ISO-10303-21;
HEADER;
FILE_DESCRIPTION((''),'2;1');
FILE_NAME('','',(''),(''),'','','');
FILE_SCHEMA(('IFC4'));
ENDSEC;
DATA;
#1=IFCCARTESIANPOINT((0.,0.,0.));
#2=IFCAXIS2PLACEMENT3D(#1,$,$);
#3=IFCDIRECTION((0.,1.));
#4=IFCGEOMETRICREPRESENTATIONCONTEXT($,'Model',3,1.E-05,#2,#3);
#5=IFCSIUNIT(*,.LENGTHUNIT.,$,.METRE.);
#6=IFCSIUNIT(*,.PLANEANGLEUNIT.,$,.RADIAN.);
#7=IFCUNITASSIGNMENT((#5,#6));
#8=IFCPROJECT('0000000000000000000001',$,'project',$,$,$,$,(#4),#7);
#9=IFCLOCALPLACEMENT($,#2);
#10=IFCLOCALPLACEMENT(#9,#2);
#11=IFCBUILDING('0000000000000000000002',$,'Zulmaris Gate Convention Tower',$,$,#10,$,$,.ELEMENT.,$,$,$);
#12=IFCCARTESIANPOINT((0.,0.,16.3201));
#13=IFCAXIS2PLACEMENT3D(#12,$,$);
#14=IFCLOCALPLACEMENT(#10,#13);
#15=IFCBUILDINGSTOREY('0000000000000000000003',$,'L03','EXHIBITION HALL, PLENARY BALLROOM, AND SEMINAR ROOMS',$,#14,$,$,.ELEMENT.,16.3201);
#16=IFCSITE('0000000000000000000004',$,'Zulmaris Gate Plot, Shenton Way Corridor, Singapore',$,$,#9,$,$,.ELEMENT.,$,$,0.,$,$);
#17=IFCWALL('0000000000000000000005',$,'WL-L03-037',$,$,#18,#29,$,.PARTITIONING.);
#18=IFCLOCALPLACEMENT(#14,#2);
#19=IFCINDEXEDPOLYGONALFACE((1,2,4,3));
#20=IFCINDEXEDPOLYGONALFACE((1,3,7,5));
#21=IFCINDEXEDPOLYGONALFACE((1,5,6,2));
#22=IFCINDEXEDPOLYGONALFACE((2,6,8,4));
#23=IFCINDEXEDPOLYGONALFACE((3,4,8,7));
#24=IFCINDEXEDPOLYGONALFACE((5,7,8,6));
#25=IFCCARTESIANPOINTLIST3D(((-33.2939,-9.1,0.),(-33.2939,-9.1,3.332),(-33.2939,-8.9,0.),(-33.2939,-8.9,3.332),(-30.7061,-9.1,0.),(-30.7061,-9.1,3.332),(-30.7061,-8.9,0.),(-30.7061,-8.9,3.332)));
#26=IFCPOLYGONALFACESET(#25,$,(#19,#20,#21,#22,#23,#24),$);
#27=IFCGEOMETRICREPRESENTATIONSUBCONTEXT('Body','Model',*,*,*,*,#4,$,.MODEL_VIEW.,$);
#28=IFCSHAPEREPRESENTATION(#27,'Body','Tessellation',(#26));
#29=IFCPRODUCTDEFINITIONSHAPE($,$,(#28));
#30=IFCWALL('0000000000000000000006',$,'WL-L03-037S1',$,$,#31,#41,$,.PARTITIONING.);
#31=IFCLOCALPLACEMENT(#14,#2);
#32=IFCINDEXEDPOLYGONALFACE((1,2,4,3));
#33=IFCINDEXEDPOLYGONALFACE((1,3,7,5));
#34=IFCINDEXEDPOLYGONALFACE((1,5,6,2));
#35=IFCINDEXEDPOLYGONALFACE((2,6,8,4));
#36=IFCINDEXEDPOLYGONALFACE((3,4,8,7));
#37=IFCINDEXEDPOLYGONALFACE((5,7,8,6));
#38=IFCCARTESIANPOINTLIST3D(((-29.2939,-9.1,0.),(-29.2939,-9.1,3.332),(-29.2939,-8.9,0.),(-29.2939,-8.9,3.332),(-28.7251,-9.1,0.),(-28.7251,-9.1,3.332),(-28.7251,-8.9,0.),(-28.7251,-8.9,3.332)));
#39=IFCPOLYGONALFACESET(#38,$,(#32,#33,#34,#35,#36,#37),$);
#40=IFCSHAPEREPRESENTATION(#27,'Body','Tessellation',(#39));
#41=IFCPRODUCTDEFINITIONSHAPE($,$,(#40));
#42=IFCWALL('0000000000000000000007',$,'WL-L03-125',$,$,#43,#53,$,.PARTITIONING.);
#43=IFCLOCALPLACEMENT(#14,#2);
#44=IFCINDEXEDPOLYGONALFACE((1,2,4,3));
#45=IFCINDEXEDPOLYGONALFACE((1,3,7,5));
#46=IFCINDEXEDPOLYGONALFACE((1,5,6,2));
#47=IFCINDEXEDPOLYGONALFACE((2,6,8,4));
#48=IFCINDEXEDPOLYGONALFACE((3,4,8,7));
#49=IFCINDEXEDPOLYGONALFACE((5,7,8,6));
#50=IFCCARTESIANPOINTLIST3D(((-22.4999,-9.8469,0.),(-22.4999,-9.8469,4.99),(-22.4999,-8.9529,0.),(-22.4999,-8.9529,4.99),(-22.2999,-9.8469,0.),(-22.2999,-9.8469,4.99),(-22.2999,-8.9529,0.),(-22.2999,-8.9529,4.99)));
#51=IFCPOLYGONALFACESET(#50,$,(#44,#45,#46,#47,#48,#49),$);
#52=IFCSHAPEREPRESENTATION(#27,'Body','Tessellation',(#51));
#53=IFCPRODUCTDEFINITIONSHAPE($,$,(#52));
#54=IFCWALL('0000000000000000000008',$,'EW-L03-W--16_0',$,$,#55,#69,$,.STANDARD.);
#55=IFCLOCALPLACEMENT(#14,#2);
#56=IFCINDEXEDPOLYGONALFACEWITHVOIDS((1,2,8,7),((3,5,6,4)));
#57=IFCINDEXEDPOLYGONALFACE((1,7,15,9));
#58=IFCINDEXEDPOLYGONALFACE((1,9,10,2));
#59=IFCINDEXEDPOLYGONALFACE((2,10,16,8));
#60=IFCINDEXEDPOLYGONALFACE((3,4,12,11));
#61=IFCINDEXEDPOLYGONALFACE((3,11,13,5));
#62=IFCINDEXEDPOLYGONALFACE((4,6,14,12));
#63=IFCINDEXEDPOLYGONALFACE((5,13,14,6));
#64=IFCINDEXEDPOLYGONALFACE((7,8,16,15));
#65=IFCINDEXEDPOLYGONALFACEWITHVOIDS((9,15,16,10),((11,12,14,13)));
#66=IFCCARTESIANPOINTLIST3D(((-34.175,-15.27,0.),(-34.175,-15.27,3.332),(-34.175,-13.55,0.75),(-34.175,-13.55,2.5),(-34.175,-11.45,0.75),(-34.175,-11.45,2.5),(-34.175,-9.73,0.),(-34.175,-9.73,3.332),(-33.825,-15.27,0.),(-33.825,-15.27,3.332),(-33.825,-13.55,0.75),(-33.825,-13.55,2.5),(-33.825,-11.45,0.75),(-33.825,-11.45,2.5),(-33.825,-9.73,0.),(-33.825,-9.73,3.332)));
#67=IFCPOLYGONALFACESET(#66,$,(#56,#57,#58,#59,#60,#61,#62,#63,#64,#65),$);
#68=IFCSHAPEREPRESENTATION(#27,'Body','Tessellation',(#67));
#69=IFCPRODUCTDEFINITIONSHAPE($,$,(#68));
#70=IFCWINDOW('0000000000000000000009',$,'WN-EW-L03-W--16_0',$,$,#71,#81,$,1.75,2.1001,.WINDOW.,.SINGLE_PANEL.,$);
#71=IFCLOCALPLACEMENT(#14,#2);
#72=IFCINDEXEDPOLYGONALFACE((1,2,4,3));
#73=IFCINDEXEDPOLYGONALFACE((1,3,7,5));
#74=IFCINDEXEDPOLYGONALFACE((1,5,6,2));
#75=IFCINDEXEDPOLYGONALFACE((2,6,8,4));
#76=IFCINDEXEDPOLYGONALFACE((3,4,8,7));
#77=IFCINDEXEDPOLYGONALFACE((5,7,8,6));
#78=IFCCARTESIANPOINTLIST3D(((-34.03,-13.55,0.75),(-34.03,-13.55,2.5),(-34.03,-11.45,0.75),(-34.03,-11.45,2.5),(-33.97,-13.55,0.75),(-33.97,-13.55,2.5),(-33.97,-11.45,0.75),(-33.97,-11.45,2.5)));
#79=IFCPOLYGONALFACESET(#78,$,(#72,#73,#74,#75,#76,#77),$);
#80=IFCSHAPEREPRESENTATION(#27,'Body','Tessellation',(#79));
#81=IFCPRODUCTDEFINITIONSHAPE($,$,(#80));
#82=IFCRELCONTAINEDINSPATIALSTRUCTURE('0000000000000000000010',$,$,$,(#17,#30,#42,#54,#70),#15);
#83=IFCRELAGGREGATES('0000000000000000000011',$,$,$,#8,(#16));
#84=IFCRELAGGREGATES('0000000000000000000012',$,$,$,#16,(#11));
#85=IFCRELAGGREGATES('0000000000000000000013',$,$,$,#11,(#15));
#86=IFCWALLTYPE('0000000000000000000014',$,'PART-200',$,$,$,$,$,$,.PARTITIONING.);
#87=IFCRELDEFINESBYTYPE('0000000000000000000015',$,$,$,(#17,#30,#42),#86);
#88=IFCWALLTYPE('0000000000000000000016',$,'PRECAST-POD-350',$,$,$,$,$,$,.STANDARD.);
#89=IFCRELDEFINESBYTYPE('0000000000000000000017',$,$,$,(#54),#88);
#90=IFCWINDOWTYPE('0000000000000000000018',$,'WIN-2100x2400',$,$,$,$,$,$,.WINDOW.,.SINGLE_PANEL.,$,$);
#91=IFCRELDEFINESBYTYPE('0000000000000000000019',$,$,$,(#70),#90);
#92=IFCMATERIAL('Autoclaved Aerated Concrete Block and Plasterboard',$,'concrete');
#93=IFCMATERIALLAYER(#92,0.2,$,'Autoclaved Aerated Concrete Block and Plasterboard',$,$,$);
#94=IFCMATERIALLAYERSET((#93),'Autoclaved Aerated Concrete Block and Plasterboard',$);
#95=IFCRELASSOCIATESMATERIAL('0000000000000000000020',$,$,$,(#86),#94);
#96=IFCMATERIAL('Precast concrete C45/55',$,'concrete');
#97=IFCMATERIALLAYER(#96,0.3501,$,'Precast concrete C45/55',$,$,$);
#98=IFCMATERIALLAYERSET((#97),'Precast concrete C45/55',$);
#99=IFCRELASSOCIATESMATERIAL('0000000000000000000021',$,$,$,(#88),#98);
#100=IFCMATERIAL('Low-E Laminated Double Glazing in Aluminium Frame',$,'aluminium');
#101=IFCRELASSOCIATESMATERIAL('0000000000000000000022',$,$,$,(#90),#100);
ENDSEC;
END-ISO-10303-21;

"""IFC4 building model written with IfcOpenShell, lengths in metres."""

from ifc_helpers import new_model, si_unit, direction, frame, frame_2d, origin, place, context, subcontext, project, spatial, rectangle, extrude, material, layer, layer_set, type_object, element, fill, save


model = new_model("IFC4")

# Units and contexts
model_context = context("Model", 3, precision=1e-05, world=origin(), true_north=direction((0.0, 1.0)))
body_context = subcontext(model_context, "Body", "Model", "MODEL_VIEW")
ifc_project = project(units=[si_unit("LENGTHUNIT", "METRE"), si_unit("PLANEANGLEUNIT", "RADIAN")], contexts=[model_context])

# Site, building, storey
site_placement = place(None, origin())
site = spatial("IfcSite", under=ifc_project, at=site_placement, Name="Zulmaris Gate Plot, Shenton Way Corridor, Singapore", CompositionType="ELEMENT", RefElevation=0.0)
building_placement = place(site_placement, origin())
building = spatial("IfcBuilding", under=site, at=building_placement, Name="Zulmaris Gate Convention Tower", CompositionType="ELEMENT")
storey_placement = place(building_placement, frame((0.0, 0.0, 16.3201)))
storey = spatial("IfcBuildingStorey", under=building, at=storey_placement, Name="L03", Description="EXHIBITION HALL, PLENARY BALLROOM, AND SEMINAR ROOMS", CompositionType="ELEMENT", Elevation=16.3201)

# Shared definitions
ifc_material_1 = material(Name="Autoclaved Aerated Concrete Block and Plasterboard", Category="concrete")
ifc_layer_1 = layer(ifc_material_1, 0.2, Name="Autoclaved Aerated Concrete Block and Plasterboard")
ifc_layer_set_1 = layer_set([ifc_layer_1], Name="Autoclaved Aerated Concrete Block and Plasterboard")
wall_type_1 = type_object("IfcWallType", Name="PART-200", PredefinedType="PARTITIONING", material=ifc_layer_set_1)

# Walls
wall_1_placement = place(storey_placement, frame((-33.2939, -9.0, 0.0), z_axis=(0.0, 0.0, 1.0), x_axis=(1.0, 0.0, 0.0)))
element("IfcWall", 1, at=wall_1_placement, inside=storey, type_object=wall_type_1, Name="WL-L03-037", PredefinedType="PARTITIONING", context=body_context, shape_type="SweptSolid", body=[
    extrude(rectangle(XDim=2.5879, YDim=0.2, at=frame_2d((1.2939, 0.0))), origin(), (0.0, 0.0, 1.0), 3.332),
])
wall_2_placement = place(storey_placement, frame((-29.2939, -9.0, 0.0), z_axis=(0.0, 0.0, 1.0), x_axis=(1.0, 0.0, 0.0)))
element("IfcWall", 2, at=wall_2_placement, inside=storey, type_object=wall_type_1, Name="WL-L03-037S1", PredefinedType="PARTITIONING", context=body_context, shape_type="SweptSolid", body=[
    extrude(rectangle(XDim=0.5688, YDim=0.2, at=frame_2d((0.2844, 0.0))), origin(), (0.0, 0.0, 1.0), 3.332),
])
wall_3_placement = place(storey_placement, frame((-22.3999, -9.8469, 0.0), z_axis=(0.0, 0.0, 1.0), x_axis=(0.0, 1.0, 0.0)))
element("IfcWall", 3, at=wall_3_placement, inside=storey, type_object=wall_type_1, Name="WL-L03-125", PredefinedType="PARTITIONING", context=body_context, shape_type="SweptSolid", body=[
    extrude(rectangle(XDim=0.894, YDim=0.2, at=frame_2d((0.447, 0.0))), origin(), (0.0, 0.0, 1.0), 4.99),
])

# Wall, opening, window
ifc_material_2 = material(Name="Precast concrete C45/55", Category="concrete")
ifc_layer_2 = layer(ifc_material_2, 0.3501, Name="Precast concrete C45/55")
ifc_layer_set_2 = layer_set([ifc_layer_2], Name="Precast concrete C45/55")
wall_type_2 = type_object("IfcWallType", Name="PRECAST-POD-350", PredefinedType="STANDARD", material=ifc_layer_set_2)
wall_4_placement = place(storey_placement, frame((-34.0, -15.27, 0.0), z_axis=(0.0, 0.0, 1.0), x_axis=(0.0, 1.0, 0.0)))
wall_4 = element("IfcWall", 4, at=wall_4_placement, inside=storey, type_object=wall_type_2, Name="EW-L03-W--16_0", PredefinedType="STANDARD", context=body_context, shape_type="SweptSolid", body=[
    extrude(rectangle(XDim=5.54, YDim=0.3501, at=frame_2d((2.77, 0.0))), origin(), (0.0, 0.0, 1.0), 3.332),
])
opening_1_placement = place(wall_4_placement, frame((1.72, 0.0, 0.75)))
opening_1 = element("IfcOpeningElement", 5, at=opening_1_placement, cuts=wall_4, PredefinedType="OPENING", context=body_context, shape_type="SweptSolid", body=[
    extrude(rectangle(XDim=2.1001, YDim=1.75, at=frame_2d((1.05, 0.875))), frame((0.0, 0.1851, 0.0), z_axis=(0.0, -1.0, 0.0), x_axis=(1.0, 0.0, 0.0)), (0.0, 0.0, 1.0), 0.3701),
])
ifc_material_3 = material(Name="Low-E Laminated Double Glazing in Aluminium Frame", Category="aluminium")
window_type = type_object("IfcWindowType", Name="WIN-2100x2400", PartitioningType="SINGLE_PANEL", PredefinedType="WINDOW", material=ifc_material_3)
window_placement = place(opening_1_placement, origin())
window = element("IfcWindow", 6, at=window_placement, inside=storey, type_object=window_type, Name="WN-EW-L03-W--16_0", OverallHeight=1.75, OverallWidth=2.1001, PartitioningType="SINGLE_PANEL", PredefinedType="WINDOW", context=body_context, shape_type="SweptSolid", body=[
    extrude(rectangle(XDim=2.1001, YDim=1.75, at=frame_2d((1.05, 0.875))), frame((0.0, 0.03, 0.0), z_axis=(0.0, -1.0, 0.0), x_axis=(1.0, 0.0, 0.0)), (0.0, 0.0, 1.0), 0.0601),
])
fill(opening_1, window)

save(model, "model.ifc")
